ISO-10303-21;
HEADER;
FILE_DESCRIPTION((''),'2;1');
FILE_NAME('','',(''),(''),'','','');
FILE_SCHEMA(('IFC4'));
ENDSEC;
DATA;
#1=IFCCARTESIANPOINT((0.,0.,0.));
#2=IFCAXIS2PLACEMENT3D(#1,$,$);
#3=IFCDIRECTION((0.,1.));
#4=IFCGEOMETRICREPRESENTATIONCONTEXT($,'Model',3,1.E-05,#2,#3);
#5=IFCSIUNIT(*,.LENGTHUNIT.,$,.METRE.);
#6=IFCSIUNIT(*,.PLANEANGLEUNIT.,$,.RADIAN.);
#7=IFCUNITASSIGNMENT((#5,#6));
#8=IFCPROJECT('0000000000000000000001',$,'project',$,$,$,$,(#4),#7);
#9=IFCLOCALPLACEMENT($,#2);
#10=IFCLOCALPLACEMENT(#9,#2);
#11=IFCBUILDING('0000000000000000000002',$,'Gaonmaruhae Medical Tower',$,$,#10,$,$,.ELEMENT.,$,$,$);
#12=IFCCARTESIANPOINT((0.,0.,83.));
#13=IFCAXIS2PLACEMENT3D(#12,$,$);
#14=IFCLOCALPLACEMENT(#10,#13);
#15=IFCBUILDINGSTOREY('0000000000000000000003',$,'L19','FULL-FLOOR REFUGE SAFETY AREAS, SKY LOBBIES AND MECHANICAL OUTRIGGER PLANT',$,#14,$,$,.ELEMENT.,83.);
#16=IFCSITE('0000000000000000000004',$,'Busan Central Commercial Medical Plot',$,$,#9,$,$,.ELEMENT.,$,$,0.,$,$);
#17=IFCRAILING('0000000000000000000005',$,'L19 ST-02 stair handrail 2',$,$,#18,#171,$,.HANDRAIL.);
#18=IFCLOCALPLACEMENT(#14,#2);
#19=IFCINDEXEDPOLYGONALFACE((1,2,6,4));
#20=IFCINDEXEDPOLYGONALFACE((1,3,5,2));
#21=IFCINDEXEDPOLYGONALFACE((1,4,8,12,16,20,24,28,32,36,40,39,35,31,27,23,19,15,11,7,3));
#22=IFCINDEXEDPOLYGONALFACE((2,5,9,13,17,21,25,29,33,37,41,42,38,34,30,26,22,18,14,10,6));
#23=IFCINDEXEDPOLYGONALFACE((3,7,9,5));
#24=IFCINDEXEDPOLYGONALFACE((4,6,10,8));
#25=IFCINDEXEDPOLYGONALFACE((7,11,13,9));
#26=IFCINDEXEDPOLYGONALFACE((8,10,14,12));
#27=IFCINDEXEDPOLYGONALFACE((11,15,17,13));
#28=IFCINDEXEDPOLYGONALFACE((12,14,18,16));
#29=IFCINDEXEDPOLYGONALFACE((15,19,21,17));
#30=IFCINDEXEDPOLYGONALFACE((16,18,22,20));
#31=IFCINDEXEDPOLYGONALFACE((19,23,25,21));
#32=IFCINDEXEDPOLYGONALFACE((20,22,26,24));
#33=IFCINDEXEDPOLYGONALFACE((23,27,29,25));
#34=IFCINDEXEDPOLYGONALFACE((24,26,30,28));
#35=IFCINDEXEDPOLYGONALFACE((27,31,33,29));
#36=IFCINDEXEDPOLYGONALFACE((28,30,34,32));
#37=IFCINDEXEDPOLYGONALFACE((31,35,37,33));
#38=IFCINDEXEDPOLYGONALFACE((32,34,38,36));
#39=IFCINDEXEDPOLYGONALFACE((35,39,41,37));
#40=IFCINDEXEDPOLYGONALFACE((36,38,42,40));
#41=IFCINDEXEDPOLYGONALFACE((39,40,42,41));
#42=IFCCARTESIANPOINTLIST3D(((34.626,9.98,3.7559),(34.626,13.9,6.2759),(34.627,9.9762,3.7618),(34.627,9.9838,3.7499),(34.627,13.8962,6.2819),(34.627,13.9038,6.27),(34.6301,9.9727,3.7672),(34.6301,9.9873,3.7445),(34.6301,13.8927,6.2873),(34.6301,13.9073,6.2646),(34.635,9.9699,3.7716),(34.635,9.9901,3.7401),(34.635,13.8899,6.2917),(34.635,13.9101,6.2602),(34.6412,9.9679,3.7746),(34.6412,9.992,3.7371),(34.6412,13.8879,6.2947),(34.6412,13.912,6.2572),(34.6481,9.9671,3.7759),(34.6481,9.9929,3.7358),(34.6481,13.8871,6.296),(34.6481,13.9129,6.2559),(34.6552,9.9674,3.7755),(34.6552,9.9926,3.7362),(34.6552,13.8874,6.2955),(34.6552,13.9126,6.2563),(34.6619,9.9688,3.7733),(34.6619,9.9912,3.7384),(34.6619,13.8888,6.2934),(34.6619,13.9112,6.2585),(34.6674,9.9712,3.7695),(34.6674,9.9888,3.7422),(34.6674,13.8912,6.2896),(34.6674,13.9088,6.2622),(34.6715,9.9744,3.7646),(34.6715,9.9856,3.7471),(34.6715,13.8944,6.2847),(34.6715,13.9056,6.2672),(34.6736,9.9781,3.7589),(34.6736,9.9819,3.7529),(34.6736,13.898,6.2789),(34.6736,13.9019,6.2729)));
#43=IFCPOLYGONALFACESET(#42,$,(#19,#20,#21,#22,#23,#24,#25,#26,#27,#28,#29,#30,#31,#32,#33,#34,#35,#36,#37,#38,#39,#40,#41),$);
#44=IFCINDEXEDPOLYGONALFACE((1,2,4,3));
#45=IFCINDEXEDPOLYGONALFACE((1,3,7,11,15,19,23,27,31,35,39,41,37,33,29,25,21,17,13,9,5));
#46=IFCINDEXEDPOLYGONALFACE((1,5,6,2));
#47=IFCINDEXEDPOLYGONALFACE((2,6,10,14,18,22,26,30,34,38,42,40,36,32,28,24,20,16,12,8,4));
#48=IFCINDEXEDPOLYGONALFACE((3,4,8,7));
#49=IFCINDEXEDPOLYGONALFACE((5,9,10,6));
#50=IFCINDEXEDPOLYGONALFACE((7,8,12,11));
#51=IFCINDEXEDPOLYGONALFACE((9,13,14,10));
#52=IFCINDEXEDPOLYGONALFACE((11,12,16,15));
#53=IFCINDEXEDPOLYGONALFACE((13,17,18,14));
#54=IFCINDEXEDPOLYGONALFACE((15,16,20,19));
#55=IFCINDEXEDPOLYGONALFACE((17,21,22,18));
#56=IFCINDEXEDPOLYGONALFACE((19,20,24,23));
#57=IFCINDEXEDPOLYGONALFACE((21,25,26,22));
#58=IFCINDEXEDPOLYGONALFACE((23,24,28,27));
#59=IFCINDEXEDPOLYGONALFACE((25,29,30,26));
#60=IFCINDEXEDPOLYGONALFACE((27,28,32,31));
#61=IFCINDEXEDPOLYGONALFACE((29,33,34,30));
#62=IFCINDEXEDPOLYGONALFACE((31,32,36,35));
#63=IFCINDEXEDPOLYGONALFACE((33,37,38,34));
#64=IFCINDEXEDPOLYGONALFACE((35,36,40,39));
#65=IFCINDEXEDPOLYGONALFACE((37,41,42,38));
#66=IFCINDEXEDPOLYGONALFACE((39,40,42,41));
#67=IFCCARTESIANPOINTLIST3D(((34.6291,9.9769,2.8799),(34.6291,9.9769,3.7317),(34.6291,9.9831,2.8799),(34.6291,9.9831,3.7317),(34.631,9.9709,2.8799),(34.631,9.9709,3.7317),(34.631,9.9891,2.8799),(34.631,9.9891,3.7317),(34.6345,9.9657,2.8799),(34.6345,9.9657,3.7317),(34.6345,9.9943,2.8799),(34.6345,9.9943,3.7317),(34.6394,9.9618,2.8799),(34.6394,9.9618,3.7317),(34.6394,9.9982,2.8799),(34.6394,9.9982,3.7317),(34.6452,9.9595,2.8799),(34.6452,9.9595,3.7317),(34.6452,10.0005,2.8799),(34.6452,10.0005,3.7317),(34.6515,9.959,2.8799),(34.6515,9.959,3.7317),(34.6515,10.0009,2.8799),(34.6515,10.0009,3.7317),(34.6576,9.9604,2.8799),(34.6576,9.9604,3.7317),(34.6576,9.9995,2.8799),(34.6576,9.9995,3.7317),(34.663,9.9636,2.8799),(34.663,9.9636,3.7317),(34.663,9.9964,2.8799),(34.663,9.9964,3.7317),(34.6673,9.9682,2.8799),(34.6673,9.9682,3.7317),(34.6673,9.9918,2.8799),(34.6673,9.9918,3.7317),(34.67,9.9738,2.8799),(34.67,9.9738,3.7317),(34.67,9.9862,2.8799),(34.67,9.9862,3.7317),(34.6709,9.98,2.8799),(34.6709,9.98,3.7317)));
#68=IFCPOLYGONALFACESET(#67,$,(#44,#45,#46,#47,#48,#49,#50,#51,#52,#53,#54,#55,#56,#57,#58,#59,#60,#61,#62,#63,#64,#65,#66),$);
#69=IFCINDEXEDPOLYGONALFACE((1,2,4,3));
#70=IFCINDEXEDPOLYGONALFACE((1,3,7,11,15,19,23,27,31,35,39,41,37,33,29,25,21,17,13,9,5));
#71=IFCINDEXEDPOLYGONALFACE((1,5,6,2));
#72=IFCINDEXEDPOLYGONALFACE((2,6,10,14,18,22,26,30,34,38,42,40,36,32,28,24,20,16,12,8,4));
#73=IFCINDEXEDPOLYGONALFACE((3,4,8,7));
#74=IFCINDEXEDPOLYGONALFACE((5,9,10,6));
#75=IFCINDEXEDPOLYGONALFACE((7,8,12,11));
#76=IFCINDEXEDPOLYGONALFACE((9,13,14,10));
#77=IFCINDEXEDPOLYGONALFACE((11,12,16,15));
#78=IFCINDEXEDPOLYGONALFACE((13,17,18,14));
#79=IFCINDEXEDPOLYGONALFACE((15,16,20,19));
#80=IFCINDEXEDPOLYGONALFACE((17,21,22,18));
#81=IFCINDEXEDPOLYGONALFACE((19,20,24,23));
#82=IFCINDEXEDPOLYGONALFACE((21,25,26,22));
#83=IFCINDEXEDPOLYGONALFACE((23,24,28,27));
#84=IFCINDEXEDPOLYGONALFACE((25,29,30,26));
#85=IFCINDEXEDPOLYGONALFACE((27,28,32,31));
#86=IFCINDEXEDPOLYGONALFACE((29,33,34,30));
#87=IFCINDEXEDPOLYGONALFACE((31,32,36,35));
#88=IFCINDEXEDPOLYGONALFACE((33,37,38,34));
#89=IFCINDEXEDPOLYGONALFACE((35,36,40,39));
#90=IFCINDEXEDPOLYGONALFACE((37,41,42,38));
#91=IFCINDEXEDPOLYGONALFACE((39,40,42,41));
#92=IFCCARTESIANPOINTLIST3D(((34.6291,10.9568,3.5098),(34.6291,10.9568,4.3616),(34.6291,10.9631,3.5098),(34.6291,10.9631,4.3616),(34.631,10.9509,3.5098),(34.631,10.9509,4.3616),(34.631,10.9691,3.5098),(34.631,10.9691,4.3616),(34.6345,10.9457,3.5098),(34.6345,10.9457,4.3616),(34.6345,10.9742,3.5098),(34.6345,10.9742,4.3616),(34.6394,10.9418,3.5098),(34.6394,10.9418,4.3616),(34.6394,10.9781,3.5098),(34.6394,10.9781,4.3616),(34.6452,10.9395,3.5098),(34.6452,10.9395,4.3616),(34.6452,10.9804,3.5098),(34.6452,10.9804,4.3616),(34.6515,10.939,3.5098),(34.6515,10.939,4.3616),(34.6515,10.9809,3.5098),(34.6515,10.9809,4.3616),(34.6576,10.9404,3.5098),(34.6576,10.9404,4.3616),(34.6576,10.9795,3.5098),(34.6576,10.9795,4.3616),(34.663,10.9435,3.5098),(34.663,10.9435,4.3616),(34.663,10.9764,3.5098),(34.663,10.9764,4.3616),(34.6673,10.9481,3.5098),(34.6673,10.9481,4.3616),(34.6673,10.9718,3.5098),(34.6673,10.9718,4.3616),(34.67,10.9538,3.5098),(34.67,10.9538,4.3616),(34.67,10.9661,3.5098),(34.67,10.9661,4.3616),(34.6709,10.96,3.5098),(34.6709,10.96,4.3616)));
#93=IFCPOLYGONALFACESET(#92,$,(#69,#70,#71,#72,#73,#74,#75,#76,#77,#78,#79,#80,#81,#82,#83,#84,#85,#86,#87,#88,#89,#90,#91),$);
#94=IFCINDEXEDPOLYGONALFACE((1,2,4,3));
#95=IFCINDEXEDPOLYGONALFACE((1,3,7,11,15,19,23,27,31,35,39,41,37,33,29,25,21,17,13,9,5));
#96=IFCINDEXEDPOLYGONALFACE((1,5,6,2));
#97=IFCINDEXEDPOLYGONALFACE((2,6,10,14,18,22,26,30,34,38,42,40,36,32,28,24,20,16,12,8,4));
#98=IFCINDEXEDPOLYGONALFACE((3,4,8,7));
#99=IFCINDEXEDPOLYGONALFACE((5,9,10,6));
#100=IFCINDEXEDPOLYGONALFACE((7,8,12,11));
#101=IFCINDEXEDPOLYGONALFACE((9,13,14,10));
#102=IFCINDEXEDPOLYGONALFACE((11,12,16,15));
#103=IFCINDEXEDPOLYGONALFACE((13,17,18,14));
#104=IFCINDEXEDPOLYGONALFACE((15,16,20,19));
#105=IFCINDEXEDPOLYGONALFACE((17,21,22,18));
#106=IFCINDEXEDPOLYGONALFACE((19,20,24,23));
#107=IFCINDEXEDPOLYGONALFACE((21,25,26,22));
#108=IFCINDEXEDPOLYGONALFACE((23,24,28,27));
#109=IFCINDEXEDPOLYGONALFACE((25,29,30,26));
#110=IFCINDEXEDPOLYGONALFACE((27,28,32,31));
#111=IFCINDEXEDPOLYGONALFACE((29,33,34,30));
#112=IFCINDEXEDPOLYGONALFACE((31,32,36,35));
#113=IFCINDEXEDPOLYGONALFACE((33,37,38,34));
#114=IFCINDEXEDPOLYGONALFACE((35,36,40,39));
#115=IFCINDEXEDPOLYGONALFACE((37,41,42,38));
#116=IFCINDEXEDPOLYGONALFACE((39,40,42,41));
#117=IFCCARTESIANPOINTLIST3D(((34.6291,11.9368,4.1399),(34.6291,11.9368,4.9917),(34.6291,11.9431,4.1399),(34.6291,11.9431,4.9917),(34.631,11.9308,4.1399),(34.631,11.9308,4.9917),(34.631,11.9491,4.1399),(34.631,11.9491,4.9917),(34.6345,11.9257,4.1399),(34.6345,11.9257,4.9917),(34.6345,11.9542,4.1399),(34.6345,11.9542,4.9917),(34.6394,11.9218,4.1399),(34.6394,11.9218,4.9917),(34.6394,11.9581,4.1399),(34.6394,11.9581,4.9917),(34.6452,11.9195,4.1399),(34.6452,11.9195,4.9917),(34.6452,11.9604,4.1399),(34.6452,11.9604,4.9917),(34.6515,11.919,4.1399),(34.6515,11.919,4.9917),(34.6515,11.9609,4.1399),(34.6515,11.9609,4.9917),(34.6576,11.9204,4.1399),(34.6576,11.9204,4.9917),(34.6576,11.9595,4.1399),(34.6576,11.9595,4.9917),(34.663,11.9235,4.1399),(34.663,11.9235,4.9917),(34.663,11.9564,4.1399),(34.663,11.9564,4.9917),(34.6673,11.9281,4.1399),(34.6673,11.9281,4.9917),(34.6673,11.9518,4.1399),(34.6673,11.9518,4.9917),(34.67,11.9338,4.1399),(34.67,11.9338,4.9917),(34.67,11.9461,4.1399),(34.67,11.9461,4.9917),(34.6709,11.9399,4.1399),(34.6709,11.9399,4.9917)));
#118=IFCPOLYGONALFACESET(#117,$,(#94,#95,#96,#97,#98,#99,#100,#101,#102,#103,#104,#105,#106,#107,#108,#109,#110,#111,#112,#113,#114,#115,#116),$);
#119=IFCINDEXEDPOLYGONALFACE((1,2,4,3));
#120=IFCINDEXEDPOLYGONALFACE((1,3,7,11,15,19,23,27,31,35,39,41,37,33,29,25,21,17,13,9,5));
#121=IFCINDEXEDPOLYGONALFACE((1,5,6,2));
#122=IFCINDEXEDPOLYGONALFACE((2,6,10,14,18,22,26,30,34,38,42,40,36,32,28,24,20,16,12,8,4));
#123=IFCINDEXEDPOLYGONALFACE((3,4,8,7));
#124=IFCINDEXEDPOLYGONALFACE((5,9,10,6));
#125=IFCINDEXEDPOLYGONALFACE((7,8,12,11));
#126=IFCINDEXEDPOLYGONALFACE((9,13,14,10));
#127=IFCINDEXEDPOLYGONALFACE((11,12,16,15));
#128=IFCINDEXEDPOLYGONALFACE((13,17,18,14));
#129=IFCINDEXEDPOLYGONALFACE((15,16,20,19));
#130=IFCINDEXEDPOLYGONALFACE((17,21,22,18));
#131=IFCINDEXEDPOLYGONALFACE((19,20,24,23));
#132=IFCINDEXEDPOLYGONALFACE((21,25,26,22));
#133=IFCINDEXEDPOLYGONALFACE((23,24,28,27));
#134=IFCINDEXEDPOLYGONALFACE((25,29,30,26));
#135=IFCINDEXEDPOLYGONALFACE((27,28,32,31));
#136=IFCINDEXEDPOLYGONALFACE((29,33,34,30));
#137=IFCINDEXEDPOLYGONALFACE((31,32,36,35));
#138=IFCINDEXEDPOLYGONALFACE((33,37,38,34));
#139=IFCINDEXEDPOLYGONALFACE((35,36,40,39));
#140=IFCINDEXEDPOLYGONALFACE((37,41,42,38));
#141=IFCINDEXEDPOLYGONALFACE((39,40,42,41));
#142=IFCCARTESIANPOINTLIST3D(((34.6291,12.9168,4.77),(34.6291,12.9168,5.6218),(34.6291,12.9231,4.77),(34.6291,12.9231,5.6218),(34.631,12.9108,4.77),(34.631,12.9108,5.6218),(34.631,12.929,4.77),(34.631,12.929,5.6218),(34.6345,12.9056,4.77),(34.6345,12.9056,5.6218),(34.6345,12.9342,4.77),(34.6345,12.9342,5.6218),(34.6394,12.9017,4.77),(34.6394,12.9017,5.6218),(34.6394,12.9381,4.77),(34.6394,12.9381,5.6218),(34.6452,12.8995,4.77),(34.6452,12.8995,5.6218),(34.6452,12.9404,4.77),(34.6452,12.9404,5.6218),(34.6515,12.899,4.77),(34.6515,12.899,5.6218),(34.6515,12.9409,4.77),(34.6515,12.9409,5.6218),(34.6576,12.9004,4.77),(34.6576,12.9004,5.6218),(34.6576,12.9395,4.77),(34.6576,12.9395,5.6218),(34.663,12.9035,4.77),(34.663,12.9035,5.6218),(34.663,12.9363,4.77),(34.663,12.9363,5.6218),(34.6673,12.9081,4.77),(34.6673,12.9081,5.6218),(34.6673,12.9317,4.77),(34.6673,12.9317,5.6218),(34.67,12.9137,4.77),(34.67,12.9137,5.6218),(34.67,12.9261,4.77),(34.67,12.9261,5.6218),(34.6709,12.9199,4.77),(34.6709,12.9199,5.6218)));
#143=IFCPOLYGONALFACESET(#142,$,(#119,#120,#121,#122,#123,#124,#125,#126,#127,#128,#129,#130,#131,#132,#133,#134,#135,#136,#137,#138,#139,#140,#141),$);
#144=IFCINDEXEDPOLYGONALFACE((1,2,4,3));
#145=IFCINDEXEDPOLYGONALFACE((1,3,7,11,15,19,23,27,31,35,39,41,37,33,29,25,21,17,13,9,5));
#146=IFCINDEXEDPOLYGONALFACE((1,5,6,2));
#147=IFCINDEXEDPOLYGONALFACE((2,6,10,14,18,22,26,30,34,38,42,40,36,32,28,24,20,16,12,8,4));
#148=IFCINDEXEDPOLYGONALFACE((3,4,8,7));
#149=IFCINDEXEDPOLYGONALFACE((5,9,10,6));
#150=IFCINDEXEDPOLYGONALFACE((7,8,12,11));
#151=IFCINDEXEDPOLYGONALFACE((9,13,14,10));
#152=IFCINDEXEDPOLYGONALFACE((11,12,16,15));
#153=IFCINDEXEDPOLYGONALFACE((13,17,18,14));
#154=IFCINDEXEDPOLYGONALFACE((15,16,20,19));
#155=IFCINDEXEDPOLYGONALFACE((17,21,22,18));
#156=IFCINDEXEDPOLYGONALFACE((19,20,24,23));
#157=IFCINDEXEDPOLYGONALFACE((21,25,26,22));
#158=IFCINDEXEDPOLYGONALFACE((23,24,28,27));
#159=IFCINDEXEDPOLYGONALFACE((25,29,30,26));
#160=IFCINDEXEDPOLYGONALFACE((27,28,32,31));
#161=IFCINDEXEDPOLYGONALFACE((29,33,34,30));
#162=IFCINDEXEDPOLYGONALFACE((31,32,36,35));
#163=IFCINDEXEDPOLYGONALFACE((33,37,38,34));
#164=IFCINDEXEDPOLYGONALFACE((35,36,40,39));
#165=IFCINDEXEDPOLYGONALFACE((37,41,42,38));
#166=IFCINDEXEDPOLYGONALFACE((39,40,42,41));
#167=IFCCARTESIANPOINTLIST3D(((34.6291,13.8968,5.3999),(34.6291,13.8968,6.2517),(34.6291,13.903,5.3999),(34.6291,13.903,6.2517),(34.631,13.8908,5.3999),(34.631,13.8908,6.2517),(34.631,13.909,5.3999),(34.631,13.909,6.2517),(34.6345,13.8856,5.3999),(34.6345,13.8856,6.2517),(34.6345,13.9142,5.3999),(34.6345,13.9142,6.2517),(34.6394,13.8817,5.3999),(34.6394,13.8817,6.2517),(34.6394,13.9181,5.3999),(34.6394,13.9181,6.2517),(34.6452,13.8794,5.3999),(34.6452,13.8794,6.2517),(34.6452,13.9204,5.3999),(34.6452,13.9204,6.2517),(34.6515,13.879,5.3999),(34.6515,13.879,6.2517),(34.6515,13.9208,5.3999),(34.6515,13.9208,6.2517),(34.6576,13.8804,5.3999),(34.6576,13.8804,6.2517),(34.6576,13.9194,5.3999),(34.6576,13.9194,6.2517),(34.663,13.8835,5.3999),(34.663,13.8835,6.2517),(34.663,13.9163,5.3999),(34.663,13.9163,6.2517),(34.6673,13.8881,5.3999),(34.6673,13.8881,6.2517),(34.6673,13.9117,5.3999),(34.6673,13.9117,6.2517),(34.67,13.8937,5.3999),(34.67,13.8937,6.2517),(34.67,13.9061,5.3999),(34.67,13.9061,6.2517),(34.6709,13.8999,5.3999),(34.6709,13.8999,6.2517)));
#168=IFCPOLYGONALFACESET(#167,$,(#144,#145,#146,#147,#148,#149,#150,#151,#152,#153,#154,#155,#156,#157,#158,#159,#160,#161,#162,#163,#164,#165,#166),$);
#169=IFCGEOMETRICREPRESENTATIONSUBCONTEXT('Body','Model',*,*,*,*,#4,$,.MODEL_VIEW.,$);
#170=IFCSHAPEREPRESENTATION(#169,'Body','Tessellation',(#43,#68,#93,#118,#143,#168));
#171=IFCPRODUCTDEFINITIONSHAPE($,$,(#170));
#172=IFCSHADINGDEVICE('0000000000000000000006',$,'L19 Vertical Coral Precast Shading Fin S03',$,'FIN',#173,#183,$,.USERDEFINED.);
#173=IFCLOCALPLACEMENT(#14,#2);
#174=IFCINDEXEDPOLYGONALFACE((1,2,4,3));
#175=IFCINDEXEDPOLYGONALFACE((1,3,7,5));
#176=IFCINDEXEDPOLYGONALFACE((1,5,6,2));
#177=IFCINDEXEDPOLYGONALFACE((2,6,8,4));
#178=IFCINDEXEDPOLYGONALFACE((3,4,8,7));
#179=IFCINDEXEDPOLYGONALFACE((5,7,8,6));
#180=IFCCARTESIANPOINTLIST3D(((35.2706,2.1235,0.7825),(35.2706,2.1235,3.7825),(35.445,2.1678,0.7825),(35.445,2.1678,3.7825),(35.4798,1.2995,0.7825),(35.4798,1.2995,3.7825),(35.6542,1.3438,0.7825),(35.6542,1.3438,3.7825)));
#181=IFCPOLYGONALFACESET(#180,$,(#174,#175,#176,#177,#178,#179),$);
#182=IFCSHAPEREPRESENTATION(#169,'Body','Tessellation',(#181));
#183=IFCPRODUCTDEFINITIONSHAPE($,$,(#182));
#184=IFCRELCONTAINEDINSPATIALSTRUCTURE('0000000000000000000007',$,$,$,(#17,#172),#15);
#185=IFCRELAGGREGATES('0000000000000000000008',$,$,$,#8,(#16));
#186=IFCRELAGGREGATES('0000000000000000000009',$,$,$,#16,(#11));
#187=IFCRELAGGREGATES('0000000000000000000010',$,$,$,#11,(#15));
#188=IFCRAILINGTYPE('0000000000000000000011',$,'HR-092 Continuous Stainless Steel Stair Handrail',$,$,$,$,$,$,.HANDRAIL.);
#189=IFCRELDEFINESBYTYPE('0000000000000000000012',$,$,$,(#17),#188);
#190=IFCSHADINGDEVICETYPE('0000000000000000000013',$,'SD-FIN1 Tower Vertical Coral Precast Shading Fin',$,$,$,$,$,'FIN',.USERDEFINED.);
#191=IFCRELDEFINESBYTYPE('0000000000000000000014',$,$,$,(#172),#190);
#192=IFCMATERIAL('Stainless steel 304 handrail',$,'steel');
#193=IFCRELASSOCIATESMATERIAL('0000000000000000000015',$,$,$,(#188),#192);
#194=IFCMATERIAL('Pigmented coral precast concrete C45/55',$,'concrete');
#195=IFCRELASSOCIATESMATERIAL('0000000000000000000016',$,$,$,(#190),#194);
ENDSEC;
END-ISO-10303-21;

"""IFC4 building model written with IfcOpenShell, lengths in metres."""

from ifc_helpers import new_model, si_unit, direction, frame, origin, origin_2d, place, context, subcontext, project, spatial, rectangle, circle, extrude, material, type_object, element, save


model = new_model("IFC4")

# Units and contexts
model_context = context("Model", 3, precision=1e-05, world=origin(), true_north=direction((0.0, 1.0)))
body_context = subcontext(model_context, "Body", "Model", "MODEL_VIEW")
ifc_project = project(units=[si_unit("LENGTHUNIT", "METRE"), si_unit("PLANEANGLEUNIT", "RADIAN")], contexts=[model_context])

# Site, building, storey
site_placement = place(None, origin())
site = spatial("IfcSite", under=ifc_project, at=site_placement, Name="Busan Central Commercial Medical Plot", CompositionType="ELEMENT", RefElevation=0.0)
building_placement = place(site_placement, origin())
building = spatial("IfcBuilding", under=site, at=building_placement, Name="Gaonmaruhae Medical Tower", CompositionType="ELEMENT")
storey_placement = place(building_placement, frame((0.0, 0.0, 83.0)))
storey = spatial("IfcBuildingStorey", under=building, at=storey_placement, Name="L19", Description="FULL-FLOOR REFUGE SAFETY AREAS, SKY LOBBIES AND MECHANICAL OUTRIGGER PLANT", CompositionType="ELEMENT", Elevation=83.0)

# Railing
ifc_material_1 = material(Name="Stainless steel 304 handrail", Category="steel")
railing_type_1 = type_object("IfcRailingType", Name="HR-092 Continuous Stainless Steel Stair Handrail", PredefinedType="HANDRAIL", material=ifc_material_1)
railing_1_placement = place(storey_placement, frame((34.6499, 9.98, 2.8799)))
element("IfcRailing", 1, at=railing_1_placement, inside=storey, type_object=railing_type_1, Name="L19 ST-02 stair handrail 2", PredefinedType="HANDRAIL", context=body_context, shape_type="SweptSolid", body=[
    extrude(circle(Radius=0.0239, at=origin_2d()), frame((0.0, 0.0, 0.876), z_axis=(0.0, 0.841172, 0.540768), x_axis=(-1.0, 0.0, 0.0)), (0.0, 0.0, 1.0), 4.6602),
    extrude(circle(Radius=0.021, at=origin_2d()), origin(), (0.0, 0.0, 1.0), 0.8518),
    extrude(circle(Radius=0.021, at=origin_2d()), frame((0.0, 0.98, 0.6299)), (0.0, 0.0, 1.0), 0.8518),
    extrude(circle(Radius=0.021, at=origin_2d()), frame((0.0, 1.96, 1.26)), (0.0, 0.0, 1.0), 0.8518),
    extrude(circle(Radius=0.021, at=origin_2d()), frame((0.0, 2.9399, 1.8901)), (0.0, 0.0, 1.0), 0.8518),
    extrude(circle(Radius=0.021, at=origin_2d()), frame((0.0, 3.9199, 2.52)), (0.0, 0.0, 1.0), 0.8518),
])

# Shading device
ifc_material_2 = material(Name="Pigmented coral precast concrete C45/55", Category="concrete")
shading_device_type = type_object("IfcShadingDeviceType", Name="SD-FIN1 Tower Vertical Coral Precast Shading Fin", ElementType="FIN", PredefinedType="USERDEFINED", material=ifc_material_2)
shading_device_placement = place(storey_placement, frame((35.4624, 1.7336, 0.7825), z_axis=(0.0, 0.0, 1.0), x_axis=(-0.969231, -0.246153, 0.0)))
element("IfcShadingDevice", 2, at=shading_device_placement, inside=storey, type_object=shading_device_type, Name="L19 Vertical Coral Precast Shading Fin S03", ObjectType="FIN", PredefinedType="USERDEFINED", context=body_context, shape_type="SweptSolid", body=[
    extrude(rectangle(XDim=0.1799, YDim=0.8501, at=origin_2d()), origin(), (0.0, 0.0, 1.0), 3.0),
])

save(model, "model.ifc")
